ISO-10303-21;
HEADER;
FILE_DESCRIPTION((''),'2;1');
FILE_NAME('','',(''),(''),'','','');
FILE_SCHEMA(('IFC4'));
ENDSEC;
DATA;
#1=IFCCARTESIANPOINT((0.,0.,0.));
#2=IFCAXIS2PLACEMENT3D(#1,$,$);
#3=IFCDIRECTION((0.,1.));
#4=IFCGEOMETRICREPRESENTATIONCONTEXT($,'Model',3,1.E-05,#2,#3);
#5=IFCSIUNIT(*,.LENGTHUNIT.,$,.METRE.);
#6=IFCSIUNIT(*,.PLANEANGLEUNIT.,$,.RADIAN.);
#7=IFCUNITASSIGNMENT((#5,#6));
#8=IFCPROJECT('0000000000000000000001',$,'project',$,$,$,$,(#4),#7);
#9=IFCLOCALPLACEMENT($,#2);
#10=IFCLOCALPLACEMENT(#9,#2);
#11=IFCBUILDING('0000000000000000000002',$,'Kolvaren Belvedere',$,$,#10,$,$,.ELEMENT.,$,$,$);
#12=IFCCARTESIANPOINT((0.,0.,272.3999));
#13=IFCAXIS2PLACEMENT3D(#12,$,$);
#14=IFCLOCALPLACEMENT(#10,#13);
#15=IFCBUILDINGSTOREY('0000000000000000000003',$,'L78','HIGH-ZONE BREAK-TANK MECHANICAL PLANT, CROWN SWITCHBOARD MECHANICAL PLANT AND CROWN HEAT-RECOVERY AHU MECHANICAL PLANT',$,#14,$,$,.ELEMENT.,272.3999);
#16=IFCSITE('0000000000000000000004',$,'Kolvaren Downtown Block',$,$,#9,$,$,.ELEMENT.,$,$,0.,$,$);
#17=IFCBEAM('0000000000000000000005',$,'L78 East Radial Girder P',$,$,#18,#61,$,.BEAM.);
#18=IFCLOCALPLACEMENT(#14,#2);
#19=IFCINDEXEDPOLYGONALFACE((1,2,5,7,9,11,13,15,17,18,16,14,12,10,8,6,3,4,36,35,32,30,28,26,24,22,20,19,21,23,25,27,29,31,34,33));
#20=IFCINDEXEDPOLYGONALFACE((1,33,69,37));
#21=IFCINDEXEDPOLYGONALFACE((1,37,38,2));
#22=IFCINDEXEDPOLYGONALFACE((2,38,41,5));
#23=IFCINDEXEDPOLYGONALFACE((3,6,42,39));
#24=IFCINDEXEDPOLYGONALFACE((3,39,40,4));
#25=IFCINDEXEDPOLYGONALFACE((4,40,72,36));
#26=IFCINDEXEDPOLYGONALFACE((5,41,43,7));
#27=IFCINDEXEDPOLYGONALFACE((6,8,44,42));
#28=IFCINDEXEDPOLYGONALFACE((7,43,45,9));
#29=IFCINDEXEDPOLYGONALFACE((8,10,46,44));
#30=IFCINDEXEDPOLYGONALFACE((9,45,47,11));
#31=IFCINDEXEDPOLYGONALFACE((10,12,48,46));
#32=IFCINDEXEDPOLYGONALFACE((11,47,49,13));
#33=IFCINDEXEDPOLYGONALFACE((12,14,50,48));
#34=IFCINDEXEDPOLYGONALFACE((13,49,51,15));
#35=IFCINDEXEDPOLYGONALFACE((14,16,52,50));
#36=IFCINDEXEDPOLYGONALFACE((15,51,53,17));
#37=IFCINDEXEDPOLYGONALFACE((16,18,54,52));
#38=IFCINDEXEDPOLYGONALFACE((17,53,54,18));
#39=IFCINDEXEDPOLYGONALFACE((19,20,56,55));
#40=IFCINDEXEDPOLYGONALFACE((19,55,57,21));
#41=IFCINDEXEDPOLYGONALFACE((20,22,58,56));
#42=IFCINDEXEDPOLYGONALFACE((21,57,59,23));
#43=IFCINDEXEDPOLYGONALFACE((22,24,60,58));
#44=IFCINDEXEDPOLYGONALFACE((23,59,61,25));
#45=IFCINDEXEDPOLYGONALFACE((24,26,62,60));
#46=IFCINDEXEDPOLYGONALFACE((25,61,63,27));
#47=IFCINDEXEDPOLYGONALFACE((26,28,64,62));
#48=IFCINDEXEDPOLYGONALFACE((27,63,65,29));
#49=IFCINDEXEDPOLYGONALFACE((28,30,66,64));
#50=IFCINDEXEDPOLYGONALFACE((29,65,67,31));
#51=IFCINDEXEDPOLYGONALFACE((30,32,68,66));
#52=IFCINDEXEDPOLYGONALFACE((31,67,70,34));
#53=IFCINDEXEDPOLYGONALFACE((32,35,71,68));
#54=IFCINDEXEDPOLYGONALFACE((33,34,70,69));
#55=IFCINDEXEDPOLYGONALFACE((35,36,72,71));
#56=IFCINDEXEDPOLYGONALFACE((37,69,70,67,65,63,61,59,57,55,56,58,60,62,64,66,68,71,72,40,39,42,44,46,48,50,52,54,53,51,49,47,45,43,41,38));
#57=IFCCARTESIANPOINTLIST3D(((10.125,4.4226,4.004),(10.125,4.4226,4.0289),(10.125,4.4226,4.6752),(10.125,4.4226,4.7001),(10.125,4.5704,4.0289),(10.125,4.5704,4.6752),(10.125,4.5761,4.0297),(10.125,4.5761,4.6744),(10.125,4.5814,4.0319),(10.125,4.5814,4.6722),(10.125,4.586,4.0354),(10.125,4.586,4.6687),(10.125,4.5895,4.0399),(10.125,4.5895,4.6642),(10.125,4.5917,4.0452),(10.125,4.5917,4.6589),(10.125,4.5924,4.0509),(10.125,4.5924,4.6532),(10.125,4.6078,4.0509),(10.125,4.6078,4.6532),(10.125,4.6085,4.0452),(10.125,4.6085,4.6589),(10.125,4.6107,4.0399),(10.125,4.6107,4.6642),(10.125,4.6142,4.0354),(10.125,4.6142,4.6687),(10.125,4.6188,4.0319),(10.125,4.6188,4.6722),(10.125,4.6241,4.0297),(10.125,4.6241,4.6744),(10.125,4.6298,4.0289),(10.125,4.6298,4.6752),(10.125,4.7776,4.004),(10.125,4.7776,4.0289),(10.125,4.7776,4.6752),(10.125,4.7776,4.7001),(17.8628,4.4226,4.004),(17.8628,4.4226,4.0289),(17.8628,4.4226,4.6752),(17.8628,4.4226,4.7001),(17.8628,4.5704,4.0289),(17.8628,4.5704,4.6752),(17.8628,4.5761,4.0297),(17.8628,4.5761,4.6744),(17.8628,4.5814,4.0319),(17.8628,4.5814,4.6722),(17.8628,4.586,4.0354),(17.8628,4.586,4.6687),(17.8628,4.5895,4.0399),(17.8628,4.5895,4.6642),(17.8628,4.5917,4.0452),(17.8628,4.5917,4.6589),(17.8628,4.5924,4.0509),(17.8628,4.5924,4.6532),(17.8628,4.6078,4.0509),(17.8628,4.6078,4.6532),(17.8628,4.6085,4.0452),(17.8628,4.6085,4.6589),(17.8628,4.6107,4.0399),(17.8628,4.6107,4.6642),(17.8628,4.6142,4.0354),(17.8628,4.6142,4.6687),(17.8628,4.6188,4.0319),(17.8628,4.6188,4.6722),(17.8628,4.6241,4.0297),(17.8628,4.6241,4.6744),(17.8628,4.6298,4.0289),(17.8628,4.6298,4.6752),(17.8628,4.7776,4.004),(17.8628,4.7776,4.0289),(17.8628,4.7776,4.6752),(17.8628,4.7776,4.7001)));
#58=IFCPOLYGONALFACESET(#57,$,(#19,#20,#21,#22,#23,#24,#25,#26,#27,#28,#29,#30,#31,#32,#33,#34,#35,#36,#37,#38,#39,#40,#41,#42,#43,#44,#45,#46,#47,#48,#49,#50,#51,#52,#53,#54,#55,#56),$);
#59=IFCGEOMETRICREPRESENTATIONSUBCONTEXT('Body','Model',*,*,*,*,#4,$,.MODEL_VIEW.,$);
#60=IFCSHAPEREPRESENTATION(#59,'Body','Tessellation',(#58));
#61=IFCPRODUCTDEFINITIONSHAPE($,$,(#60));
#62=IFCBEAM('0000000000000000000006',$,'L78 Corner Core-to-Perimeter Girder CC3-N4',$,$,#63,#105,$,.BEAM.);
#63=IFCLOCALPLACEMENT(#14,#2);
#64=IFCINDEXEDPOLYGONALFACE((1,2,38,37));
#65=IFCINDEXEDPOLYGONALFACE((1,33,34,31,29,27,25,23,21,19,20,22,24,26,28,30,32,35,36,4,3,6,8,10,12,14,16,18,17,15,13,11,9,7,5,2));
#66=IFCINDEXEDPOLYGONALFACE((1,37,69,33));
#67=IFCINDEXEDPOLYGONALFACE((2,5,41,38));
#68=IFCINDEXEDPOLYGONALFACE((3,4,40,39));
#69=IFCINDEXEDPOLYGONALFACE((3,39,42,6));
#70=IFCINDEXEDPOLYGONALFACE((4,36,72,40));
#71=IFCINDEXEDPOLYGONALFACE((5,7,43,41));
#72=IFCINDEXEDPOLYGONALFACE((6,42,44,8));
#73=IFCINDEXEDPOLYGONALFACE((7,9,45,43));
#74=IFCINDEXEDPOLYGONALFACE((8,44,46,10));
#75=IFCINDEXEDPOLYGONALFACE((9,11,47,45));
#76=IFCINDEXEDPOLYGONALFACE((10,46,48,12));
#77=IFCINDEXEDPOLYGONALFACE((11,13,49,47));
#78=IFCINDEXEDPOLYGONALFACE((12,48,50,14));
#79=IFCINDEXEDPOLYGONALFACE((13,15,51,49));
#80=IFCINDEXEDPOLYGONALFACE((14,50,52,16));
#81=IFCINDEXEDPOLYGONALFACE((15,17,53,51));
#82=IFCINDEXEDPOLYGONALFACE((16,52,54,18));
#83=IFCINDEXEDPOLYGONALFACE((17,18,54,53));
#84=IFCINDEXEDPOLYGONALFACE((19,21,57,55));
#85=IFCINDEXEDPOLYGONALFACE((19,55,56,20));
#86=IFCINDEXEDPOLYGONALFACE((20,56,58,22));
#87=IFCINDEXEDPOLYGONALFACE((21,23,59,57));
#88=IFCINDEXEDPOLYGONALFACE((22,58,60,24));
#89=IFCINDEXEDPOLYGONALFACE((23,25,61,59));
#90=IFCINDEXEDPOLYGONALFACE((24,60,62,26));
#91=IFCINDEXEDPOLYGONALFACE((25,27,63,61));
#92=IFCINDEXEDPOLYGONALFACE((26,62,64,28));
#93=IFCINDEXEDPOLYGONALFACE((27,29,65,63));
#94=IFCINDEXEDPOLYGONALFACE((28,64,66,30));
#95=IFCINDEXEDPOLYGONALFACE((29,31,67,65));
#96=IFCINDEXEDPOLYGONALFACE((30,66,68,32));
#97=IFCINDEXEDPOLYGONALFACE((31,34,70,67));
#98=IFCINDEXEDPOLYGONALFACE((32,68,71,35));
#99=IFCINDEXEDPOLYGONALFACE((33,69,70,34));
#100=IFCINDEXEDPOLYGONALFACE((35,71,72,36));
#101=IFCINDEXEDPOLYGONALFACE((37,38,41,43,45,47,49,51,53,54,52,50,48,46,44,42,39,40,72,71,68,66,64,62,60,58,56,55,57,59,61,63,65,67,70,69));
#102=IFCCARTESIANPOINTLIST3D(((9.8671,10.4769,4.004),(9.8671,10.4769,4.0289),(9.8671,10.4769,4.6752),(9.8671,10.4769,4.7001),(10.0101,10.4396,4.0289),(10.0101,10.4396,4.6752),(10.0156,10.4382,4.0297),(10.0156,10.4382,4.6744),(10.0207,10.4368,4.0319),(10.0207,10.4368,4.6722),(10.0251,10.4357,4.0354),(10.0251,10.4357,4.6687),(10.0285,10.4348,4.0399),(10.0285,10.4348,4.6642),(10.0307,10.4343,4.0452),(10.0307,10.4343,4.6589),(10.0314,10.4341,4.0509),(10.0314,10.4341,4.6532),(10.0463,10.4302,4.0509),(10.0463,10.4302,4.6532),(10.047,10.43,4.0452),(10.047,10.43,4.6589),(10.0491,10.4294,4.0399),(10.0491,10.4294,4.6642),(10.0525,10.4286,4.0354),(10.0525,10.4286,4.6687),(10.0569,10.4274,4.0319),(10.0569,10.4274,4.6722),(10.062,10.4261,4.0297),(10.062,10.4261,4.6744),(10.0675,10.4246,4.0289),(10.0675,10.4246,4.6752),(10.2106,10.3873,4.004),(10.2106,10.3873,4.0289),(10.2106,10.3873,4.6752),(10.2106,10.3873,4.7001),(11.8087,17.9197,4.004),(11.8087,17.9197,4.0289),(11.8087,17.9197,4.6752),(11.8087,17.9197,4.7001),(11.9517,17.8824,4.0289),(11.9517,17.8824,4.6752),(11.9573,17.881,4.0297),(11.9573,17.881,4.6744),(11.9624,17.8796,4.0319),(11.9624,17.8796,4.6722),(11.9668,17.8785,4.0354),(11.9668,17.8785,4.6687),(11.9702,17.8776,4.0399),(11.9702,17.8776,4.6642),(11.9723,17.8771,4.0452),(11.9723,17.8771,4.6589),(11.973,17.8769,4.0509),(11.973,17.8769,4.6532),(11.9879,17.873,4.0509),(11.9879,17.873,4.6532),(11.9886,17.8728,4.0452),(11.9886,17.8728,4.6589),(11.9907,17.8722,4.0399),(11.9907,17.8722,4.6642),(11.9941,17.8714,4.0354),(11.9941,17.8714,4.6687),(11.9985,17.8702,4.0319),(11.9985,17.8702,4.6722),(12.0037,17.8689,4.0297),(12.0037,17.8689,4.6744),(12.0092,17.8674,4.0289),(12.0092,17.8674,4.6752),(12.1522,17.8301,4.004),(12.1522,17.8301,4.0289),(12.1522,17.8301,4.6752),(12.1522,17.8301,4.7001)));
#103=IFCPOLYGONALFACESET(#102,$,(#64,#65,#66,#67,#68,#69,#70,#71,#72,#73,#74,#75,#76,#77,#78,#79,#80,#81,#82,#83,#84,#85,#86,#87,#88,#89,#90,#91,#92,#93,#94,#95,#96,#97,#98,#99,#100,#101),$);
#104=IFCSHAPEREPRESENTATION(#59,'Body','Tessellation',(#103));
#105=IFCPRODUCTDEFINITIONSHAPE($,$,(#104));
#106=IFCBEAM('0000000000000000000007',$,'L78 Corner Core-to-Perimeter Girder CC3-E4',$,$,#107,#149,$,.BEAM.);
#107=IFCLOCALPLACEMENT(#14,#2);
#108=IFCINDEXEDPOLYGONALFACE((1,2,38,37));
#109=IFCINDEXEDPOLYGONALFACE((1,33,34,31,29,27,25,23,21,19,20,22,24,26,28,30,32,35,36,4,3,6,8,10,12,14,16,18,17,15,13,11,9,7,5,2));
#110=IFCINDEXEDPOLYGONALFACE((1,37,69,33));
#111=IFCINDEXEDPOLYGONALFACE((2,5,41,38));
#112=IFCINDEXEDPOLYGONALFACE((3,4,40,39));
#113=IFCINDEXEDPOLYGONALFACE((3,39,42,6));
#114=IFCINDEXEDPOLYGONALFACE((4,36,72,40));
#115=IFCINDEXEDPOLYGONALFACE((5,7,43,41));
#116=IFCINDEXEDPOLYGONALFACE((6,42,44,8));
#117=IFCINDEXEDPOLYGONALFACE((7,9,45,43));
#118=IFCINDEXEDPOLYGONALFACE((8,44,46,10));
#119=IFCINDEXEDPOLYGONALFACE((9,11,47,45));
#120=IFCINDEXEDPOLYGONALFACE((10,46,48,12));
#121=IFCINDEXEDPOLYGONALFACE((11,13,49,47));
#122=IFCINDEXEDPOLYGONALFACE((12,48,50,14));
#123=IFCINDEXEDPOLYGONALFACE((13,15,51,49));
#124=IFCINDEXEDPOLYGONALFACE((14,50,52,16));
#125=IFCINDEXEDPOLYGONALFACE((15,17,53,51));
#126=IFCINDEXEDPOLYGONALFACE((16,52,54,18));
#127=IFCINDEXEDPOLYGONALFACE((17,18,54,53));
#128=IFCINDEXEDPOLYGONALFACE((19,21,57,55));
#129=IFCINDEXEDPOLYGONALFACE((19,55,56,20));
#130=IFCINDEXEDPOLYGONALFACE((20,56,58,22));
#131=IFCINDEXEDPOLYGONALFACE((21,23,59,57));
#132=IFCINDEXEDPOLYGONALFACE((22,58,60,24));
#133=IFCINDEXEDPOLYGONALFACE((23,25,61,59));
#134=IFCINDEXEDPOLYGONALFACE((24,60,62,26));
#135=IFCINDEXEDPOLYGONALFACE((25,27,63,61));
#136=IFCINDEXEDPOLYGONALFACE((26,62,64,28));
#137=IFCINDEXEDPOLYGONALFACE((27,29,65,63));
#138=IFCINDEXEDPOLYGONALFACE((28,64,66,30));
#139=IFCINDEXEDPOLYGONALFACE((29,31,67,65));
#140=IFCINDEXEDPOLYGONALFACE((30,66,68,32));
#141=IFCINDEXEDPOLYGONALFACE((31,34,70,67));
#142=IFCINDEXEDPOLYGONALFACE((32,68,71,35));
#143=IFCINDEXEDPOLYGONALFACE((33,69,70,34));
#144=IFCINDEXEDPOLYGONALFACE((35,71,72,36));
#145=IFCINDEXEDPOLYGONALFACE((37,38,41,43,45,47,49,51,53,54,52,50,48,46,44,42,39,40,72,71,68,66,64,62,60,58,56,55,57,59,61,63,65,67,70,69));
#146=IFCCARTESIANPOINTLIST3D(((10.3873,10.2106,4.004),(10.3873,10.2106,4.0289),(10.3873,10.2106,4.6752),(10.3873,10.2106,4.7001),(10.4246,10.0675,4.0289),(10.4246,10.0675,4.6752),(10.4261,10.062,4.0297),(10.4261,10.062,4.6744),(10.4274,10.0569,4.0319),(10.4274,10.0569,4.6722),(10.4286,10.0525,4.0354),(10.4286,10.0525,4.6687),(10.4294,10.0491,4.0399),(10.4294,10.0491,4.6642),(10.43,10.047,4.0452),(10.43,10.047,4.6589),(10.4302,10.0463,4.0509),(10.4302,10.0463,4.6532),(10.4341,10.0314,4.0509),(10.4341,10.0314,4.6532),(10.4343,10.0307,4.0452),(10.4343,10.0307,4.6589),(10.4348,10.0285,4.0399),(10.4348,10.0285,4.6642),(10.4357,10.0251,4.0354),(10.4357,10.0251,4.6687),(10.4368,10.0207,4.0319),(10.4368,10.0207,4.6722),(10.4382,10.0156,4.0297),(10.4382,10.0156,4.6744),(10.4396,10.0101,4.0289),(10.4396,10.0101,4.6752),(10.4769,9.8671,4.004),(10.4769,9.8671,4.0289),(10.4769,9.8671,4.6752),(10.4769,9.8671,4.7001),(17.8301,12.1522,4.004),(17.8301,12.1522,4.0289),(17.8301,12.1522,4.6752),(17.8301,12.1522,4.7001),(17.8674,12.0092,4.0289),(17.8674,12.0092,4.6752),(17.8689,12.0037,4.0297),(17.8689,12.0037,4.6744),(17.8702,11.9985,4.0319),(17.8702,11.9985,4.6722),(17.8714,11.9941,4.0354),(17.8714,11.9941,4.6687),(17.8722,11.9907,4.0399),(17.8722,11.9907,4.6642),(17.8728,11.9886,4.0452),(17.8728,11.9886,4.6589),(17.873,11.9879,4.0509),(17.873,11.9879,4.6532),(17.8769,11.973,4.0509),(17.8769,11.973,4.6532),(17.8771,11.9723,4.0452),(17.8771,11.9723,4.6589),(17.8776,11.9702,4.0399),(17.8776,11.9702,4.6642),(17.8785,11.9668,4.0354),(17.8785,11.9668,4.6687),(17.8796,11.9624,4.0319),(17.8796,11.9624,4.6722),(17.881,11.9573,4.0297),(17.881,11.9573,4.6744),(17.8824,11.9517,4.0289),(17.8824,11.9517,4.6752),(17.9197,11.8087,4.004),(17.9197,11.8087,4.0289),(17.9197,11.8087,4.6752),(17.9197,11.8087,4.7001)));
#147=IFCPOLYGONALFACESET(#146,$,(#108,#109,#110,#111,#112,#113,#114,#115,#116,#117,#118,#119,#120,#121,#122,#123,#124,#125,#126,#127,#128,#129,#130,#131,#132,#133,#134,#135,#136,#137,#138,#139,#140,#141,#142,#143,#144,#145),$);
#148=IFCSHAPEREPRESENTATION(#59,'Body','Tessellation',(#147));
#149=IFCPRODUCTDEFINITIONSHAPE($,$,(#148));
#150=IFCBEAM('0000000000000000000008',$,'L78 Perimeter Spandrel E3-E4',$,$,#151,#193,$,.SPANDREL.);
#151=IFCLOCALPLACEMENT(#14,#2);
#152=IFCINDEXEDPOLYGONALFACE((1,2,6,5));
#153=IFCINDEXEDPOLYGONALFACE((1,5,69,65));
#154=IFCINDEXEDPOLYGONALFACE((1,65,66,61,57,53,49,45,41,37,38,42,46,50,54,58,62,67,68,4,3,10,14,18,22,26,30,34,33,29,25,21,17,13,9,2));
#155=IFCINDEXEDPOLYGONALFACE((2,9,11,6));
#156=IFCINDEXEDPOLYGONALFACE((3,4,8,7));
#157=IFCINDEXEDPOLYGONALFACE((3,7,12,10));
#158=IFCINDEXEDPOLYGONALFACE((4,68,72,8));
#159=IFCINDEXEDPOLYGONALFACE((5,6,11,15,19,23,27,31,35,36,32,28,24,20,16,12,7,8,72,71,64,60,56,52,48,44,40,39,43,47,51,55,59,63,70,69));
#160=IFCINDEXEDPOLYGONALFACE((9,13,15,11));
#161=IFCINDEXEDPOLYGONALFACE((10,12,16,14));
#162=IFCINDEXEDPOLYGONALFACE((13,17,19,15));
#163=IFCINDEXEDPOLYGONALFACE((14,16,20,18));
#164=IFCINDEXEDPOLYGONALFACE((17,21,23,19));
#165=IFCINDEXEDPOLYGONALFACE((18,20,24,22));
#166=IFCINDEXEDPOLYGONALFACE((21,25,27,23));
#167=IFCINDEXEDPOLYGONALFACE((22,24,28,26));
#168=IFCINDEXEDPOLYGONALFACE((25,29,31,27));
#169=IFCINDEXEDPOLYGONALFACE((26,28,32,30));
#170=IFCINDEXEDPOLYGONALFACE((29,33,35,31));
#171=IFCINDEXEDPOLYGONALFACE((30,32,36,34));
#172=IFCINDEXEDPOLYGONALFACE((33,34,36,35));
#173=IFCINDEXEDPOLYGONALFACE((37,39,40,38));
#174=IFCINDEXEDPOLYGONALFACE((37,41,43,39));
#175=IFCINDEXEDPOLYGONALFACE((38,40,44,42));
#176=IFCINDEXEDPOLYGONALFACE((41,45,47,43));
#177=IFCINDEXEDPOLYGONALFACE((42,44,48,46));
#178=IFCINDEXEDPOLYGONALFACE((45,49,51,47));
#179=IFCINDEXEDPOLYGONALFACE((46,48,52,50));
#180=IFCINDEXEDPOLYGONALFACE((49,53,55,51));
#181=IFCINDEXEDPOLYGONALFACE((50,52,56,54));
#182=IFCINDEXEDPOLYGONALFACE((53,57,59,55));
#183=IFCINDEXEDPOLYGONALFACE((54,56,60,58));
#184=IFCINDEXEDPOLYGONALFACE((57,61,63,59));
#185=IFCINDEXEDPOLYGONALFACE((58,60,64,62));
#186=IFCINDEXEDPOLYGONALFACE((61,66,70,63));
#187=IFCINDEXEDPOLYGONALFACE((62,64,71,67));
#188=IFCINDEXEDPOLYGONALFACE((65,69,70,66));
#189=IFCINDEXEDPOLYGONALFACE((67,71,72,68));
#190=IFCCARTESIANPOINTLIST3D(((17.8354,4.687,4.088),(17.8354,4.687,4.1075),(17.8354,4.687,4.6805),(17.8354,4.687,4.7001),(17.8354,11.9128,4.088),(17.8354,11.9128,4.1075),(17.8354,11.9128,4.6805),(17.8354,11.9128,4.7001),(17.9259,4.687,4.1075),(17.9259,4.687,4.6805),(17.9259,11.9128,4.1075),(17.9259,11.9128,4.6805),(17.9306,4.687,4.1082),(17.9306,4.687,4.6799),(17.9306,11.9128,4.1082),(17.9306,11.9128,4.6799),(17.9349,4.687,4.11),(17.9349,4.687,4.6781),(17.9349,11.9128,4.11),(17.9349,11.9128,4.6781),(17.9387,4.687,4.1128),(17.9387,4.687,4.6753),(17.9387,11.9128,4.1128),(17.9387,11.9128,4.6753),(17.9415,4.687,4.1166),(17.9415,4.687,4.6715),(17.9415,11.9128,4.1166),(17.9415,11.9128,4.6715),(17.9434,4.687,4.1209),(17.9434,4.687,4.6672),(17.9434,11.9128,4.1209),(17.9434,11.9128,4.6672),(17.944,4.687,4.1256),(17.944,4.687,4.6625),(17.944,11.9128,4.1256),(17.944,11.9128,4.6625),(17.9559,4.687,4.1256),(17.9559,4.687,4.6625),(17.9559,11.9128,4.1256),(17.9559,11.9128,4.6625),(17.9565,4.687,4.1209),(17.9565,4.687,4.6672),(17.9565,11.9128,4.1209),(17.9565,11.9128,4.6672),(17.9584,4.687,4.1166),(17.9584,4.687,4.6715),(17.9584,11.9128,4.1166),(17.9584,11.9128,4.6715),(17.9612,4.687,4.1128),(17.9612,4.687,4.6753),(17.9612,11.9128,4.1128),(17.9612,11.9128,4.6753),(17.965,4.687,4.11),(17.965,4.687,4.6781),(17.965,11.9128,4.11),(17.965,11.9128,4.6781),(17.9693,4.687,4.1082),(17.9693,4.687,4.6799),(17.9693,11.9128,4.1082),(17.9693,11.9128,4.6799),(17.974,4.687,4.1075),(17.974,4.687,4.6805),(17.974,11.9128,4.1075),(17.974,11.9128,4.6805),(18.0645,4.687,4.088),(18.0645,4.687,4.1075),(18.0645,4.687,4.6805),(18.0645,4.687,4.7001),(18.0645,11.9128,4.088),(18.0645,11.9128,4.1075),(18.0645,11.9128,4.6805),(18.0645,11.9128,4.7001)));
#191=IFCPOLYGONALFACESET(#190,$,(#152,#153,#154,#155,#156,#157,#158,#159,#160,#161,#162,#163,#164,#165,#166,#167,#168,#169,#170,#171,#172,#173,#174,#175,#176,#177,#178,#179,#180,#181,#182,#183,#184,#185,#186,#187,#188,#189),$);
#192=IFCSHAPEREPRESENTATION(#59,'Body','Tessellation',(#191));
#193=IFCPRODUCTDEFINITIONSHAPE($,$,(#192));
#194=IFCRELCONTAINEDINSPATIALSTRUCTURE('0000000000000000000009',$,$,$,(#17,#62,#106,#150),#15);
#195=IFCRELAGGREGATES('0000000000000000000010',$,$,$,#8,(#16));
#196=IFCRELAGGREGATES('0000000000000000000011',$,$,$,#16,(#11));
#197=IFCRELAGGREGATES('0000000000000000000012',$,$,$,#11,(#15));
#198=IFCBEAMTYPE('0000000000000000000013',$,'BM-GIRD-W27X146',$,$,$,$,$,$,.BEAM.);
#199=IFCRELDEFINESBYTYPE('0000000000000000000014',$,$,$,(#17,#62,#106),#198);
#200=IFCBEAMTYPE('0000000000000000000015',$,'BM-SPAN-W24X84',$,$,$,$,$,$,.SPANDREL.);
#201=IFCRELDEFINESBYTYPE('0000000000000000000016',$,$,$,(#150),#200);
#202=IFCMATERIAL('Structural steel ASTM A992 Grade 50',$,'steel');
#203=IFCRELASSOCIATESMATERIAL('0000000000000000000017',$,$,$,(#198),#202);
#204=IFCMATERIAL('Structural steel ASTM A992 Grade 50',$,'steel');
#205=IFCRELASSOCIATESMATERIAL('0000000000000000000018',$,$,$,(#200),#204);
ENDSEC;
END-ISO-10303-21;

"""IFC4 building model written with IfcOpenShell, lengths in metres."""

from ifc_helpers import new_model, si_unit, direction, frame, origin, origin_2d, place, context, subcontext, project, spatial, i_section, extrude, material, material_profile, profile_set, type_object, element, save


model = new_model("IFC4")

# Units and contexts
model_context = context("Model", 3, precision=1e-05, world=origin(), true_north=direction((0.0, 1.0)))
body_context = subcontext(model_context, "Body", "Model", "MODEL_VIEW")
ifc_project = project(units=[si_unit("LENGTHUNIT", "METRE"), si_unit("PLANEANGLEUNIT", "RADIAN")], contexts=[model_context])

# Site, building, storey
site_placement = place(None, origin())
site = spatial("IfcSite", under=ifc_project, at=site_placement, Name="Kolvaren Downtown Block", CompositionType="ELEMENT", RefElevation=0.0)
building_placement = place(site_placement, origin())
building = spatial("IfcBuilding", under=site, at=building_placement, Name="Kolvaren Belvedere", CompositionType="ELEMENT")
storey_placement = place(building_placement, frame((0.0, 0.0, 272.3999)))
storey = spatial("IfcBuildingStorey", under=building, at=storey_placement, Name="L78", Description="HIGH-ZONE BREAK-TANK MECHANICAL PLANT, CROWN SWITCHBOARD MECHANICAL PLANT AND CROWN HEAT-RECOVERY AHU MECHANICAL PLANT", CompositionType="ELEMENT", Elevation=272.3999)

# Beams
ifc_material_1 = material(Name="Structural steel ASTM A992 Grade 50", Category="steel")
ifc_material_profile_1 = material_profile(ifc_material_1, i_section(OverallWidth=0.355, OverallDepth=0.696, WebThickness=0.0154, FlangeThickness=0.0249, FilletRadius=0.022, at=origin_2d()), Name="W27X146")
ifc_profile_set_1 = profile_set([ifc_material_profile_1], Name="Structural steel ASTM A992 Grade 50")
beam_type_1 = type_object("IfcBeamType", Name="BM-GIRD-W27X146", PredefinedType="BEAM", material=ifc_profile_set_1)
beam_1_placement = place(storey_placement, frame((10.125, 4.6001, 4.3521), z_axis=(1.0, 0.0, 0.0), x_axis=(0.0, 1.0, 0.0)))
element("IfcBeam", 1, at=beam_1_placement, inside=storey, type_object=beam_type_1, Name="L78 East Radial Girder P", PredefinedType="BEAM", context=body_context, shape_type="SweptSolid", body=[
    extrude(i_section(OverallWidth=0.355, OverallDepth=0.696, WebThickness=0.0154, FlangeThickness=0.0249, FilletRadius=0.022, at=origin_2d()), origin(), (0.0, 0.0, 1.0), 7.7378),
])
for number, where, z_axis, x_axis, name in (
    (2, (10.0388, 10.4321, 4.3521), (0.252426, 0.967616, 0.0), (-0.967616, 0.252426, 0.0), "L78 Corner Core-to-Perimeter Girder CC3-N4"),
    (3, (10.4321, 10.0388, 4.3521), (0.967616, 0.252426, 0.0), (-0.252426, 0.967616, 0.0), "L78 Corner Core-to-Perimeter Girder CC3-E4"),
):
    element("IfcBeam", number, at=place(storey_placement, frame(where, z_axis=z_axis, x_axis=x_axis)), inside=storey, type_object=beam_type_1, Name=name, PredefinedType="BEAM", context=body_context, shape_type="SweptSolid", body=[
        extrude(i_section(OverallWidth=0.355, OverallDepth=0.696, WebThickness=0.0154, FlangeThickness=0.0249, FilletRadius=0.022, at=origin_2d()), origin(), (0.0, 0.0, 1.0), 7.6919),
    ])
ifc_material_2 = material(Name="Structural steel ASTM A992 Grade 50", Category="steel")
ifc_material_profile_2 = material_profile(ifc_material_2, i_section(OverallWidth=0.229, OverallDepth=0.6121, WebThickness=0.012, FlangeThickness=0.0195, FilletRadius=0.0181, at=origin_2d()), Name="W24X84")
ifc_profile_set_2 = profile_set([ifc_material_profile_2], Name="Structural steel ASTM A992 Grade 50")
beam_type_2 = type_object("IfcBeamType", Name="BM-SPAN-W24X84", PredefinedType="SPANDREL", material=ifc_profile_set_2)
beam_2_placement = place(storey_placement, frame((17.95, 4.687, 4.394), z_axis=(0.0, 1.0, 0.0), x_axis=(-1.0, 0.0, 0.0)))
element("IfcBeam", 4, at=beam_2_placement, inside=storey, type_object=beam_type_2, Name="L78 Perimeter Spandrel E3-E4", PredefinedType="SPANDREL", context=body_context, shape_type="SweptSolid", body=[
    extrude(i_section(OverallWidth=0.229, OverallDepth=0.6121, WebThickness=0.012, FlangeThickness=0.0195, FilletRadius=0.0181, at=origin_2d()), origin(), (0.0, 0.0, 1.0), 7.2258),
])

save(model, "model.ifc")
